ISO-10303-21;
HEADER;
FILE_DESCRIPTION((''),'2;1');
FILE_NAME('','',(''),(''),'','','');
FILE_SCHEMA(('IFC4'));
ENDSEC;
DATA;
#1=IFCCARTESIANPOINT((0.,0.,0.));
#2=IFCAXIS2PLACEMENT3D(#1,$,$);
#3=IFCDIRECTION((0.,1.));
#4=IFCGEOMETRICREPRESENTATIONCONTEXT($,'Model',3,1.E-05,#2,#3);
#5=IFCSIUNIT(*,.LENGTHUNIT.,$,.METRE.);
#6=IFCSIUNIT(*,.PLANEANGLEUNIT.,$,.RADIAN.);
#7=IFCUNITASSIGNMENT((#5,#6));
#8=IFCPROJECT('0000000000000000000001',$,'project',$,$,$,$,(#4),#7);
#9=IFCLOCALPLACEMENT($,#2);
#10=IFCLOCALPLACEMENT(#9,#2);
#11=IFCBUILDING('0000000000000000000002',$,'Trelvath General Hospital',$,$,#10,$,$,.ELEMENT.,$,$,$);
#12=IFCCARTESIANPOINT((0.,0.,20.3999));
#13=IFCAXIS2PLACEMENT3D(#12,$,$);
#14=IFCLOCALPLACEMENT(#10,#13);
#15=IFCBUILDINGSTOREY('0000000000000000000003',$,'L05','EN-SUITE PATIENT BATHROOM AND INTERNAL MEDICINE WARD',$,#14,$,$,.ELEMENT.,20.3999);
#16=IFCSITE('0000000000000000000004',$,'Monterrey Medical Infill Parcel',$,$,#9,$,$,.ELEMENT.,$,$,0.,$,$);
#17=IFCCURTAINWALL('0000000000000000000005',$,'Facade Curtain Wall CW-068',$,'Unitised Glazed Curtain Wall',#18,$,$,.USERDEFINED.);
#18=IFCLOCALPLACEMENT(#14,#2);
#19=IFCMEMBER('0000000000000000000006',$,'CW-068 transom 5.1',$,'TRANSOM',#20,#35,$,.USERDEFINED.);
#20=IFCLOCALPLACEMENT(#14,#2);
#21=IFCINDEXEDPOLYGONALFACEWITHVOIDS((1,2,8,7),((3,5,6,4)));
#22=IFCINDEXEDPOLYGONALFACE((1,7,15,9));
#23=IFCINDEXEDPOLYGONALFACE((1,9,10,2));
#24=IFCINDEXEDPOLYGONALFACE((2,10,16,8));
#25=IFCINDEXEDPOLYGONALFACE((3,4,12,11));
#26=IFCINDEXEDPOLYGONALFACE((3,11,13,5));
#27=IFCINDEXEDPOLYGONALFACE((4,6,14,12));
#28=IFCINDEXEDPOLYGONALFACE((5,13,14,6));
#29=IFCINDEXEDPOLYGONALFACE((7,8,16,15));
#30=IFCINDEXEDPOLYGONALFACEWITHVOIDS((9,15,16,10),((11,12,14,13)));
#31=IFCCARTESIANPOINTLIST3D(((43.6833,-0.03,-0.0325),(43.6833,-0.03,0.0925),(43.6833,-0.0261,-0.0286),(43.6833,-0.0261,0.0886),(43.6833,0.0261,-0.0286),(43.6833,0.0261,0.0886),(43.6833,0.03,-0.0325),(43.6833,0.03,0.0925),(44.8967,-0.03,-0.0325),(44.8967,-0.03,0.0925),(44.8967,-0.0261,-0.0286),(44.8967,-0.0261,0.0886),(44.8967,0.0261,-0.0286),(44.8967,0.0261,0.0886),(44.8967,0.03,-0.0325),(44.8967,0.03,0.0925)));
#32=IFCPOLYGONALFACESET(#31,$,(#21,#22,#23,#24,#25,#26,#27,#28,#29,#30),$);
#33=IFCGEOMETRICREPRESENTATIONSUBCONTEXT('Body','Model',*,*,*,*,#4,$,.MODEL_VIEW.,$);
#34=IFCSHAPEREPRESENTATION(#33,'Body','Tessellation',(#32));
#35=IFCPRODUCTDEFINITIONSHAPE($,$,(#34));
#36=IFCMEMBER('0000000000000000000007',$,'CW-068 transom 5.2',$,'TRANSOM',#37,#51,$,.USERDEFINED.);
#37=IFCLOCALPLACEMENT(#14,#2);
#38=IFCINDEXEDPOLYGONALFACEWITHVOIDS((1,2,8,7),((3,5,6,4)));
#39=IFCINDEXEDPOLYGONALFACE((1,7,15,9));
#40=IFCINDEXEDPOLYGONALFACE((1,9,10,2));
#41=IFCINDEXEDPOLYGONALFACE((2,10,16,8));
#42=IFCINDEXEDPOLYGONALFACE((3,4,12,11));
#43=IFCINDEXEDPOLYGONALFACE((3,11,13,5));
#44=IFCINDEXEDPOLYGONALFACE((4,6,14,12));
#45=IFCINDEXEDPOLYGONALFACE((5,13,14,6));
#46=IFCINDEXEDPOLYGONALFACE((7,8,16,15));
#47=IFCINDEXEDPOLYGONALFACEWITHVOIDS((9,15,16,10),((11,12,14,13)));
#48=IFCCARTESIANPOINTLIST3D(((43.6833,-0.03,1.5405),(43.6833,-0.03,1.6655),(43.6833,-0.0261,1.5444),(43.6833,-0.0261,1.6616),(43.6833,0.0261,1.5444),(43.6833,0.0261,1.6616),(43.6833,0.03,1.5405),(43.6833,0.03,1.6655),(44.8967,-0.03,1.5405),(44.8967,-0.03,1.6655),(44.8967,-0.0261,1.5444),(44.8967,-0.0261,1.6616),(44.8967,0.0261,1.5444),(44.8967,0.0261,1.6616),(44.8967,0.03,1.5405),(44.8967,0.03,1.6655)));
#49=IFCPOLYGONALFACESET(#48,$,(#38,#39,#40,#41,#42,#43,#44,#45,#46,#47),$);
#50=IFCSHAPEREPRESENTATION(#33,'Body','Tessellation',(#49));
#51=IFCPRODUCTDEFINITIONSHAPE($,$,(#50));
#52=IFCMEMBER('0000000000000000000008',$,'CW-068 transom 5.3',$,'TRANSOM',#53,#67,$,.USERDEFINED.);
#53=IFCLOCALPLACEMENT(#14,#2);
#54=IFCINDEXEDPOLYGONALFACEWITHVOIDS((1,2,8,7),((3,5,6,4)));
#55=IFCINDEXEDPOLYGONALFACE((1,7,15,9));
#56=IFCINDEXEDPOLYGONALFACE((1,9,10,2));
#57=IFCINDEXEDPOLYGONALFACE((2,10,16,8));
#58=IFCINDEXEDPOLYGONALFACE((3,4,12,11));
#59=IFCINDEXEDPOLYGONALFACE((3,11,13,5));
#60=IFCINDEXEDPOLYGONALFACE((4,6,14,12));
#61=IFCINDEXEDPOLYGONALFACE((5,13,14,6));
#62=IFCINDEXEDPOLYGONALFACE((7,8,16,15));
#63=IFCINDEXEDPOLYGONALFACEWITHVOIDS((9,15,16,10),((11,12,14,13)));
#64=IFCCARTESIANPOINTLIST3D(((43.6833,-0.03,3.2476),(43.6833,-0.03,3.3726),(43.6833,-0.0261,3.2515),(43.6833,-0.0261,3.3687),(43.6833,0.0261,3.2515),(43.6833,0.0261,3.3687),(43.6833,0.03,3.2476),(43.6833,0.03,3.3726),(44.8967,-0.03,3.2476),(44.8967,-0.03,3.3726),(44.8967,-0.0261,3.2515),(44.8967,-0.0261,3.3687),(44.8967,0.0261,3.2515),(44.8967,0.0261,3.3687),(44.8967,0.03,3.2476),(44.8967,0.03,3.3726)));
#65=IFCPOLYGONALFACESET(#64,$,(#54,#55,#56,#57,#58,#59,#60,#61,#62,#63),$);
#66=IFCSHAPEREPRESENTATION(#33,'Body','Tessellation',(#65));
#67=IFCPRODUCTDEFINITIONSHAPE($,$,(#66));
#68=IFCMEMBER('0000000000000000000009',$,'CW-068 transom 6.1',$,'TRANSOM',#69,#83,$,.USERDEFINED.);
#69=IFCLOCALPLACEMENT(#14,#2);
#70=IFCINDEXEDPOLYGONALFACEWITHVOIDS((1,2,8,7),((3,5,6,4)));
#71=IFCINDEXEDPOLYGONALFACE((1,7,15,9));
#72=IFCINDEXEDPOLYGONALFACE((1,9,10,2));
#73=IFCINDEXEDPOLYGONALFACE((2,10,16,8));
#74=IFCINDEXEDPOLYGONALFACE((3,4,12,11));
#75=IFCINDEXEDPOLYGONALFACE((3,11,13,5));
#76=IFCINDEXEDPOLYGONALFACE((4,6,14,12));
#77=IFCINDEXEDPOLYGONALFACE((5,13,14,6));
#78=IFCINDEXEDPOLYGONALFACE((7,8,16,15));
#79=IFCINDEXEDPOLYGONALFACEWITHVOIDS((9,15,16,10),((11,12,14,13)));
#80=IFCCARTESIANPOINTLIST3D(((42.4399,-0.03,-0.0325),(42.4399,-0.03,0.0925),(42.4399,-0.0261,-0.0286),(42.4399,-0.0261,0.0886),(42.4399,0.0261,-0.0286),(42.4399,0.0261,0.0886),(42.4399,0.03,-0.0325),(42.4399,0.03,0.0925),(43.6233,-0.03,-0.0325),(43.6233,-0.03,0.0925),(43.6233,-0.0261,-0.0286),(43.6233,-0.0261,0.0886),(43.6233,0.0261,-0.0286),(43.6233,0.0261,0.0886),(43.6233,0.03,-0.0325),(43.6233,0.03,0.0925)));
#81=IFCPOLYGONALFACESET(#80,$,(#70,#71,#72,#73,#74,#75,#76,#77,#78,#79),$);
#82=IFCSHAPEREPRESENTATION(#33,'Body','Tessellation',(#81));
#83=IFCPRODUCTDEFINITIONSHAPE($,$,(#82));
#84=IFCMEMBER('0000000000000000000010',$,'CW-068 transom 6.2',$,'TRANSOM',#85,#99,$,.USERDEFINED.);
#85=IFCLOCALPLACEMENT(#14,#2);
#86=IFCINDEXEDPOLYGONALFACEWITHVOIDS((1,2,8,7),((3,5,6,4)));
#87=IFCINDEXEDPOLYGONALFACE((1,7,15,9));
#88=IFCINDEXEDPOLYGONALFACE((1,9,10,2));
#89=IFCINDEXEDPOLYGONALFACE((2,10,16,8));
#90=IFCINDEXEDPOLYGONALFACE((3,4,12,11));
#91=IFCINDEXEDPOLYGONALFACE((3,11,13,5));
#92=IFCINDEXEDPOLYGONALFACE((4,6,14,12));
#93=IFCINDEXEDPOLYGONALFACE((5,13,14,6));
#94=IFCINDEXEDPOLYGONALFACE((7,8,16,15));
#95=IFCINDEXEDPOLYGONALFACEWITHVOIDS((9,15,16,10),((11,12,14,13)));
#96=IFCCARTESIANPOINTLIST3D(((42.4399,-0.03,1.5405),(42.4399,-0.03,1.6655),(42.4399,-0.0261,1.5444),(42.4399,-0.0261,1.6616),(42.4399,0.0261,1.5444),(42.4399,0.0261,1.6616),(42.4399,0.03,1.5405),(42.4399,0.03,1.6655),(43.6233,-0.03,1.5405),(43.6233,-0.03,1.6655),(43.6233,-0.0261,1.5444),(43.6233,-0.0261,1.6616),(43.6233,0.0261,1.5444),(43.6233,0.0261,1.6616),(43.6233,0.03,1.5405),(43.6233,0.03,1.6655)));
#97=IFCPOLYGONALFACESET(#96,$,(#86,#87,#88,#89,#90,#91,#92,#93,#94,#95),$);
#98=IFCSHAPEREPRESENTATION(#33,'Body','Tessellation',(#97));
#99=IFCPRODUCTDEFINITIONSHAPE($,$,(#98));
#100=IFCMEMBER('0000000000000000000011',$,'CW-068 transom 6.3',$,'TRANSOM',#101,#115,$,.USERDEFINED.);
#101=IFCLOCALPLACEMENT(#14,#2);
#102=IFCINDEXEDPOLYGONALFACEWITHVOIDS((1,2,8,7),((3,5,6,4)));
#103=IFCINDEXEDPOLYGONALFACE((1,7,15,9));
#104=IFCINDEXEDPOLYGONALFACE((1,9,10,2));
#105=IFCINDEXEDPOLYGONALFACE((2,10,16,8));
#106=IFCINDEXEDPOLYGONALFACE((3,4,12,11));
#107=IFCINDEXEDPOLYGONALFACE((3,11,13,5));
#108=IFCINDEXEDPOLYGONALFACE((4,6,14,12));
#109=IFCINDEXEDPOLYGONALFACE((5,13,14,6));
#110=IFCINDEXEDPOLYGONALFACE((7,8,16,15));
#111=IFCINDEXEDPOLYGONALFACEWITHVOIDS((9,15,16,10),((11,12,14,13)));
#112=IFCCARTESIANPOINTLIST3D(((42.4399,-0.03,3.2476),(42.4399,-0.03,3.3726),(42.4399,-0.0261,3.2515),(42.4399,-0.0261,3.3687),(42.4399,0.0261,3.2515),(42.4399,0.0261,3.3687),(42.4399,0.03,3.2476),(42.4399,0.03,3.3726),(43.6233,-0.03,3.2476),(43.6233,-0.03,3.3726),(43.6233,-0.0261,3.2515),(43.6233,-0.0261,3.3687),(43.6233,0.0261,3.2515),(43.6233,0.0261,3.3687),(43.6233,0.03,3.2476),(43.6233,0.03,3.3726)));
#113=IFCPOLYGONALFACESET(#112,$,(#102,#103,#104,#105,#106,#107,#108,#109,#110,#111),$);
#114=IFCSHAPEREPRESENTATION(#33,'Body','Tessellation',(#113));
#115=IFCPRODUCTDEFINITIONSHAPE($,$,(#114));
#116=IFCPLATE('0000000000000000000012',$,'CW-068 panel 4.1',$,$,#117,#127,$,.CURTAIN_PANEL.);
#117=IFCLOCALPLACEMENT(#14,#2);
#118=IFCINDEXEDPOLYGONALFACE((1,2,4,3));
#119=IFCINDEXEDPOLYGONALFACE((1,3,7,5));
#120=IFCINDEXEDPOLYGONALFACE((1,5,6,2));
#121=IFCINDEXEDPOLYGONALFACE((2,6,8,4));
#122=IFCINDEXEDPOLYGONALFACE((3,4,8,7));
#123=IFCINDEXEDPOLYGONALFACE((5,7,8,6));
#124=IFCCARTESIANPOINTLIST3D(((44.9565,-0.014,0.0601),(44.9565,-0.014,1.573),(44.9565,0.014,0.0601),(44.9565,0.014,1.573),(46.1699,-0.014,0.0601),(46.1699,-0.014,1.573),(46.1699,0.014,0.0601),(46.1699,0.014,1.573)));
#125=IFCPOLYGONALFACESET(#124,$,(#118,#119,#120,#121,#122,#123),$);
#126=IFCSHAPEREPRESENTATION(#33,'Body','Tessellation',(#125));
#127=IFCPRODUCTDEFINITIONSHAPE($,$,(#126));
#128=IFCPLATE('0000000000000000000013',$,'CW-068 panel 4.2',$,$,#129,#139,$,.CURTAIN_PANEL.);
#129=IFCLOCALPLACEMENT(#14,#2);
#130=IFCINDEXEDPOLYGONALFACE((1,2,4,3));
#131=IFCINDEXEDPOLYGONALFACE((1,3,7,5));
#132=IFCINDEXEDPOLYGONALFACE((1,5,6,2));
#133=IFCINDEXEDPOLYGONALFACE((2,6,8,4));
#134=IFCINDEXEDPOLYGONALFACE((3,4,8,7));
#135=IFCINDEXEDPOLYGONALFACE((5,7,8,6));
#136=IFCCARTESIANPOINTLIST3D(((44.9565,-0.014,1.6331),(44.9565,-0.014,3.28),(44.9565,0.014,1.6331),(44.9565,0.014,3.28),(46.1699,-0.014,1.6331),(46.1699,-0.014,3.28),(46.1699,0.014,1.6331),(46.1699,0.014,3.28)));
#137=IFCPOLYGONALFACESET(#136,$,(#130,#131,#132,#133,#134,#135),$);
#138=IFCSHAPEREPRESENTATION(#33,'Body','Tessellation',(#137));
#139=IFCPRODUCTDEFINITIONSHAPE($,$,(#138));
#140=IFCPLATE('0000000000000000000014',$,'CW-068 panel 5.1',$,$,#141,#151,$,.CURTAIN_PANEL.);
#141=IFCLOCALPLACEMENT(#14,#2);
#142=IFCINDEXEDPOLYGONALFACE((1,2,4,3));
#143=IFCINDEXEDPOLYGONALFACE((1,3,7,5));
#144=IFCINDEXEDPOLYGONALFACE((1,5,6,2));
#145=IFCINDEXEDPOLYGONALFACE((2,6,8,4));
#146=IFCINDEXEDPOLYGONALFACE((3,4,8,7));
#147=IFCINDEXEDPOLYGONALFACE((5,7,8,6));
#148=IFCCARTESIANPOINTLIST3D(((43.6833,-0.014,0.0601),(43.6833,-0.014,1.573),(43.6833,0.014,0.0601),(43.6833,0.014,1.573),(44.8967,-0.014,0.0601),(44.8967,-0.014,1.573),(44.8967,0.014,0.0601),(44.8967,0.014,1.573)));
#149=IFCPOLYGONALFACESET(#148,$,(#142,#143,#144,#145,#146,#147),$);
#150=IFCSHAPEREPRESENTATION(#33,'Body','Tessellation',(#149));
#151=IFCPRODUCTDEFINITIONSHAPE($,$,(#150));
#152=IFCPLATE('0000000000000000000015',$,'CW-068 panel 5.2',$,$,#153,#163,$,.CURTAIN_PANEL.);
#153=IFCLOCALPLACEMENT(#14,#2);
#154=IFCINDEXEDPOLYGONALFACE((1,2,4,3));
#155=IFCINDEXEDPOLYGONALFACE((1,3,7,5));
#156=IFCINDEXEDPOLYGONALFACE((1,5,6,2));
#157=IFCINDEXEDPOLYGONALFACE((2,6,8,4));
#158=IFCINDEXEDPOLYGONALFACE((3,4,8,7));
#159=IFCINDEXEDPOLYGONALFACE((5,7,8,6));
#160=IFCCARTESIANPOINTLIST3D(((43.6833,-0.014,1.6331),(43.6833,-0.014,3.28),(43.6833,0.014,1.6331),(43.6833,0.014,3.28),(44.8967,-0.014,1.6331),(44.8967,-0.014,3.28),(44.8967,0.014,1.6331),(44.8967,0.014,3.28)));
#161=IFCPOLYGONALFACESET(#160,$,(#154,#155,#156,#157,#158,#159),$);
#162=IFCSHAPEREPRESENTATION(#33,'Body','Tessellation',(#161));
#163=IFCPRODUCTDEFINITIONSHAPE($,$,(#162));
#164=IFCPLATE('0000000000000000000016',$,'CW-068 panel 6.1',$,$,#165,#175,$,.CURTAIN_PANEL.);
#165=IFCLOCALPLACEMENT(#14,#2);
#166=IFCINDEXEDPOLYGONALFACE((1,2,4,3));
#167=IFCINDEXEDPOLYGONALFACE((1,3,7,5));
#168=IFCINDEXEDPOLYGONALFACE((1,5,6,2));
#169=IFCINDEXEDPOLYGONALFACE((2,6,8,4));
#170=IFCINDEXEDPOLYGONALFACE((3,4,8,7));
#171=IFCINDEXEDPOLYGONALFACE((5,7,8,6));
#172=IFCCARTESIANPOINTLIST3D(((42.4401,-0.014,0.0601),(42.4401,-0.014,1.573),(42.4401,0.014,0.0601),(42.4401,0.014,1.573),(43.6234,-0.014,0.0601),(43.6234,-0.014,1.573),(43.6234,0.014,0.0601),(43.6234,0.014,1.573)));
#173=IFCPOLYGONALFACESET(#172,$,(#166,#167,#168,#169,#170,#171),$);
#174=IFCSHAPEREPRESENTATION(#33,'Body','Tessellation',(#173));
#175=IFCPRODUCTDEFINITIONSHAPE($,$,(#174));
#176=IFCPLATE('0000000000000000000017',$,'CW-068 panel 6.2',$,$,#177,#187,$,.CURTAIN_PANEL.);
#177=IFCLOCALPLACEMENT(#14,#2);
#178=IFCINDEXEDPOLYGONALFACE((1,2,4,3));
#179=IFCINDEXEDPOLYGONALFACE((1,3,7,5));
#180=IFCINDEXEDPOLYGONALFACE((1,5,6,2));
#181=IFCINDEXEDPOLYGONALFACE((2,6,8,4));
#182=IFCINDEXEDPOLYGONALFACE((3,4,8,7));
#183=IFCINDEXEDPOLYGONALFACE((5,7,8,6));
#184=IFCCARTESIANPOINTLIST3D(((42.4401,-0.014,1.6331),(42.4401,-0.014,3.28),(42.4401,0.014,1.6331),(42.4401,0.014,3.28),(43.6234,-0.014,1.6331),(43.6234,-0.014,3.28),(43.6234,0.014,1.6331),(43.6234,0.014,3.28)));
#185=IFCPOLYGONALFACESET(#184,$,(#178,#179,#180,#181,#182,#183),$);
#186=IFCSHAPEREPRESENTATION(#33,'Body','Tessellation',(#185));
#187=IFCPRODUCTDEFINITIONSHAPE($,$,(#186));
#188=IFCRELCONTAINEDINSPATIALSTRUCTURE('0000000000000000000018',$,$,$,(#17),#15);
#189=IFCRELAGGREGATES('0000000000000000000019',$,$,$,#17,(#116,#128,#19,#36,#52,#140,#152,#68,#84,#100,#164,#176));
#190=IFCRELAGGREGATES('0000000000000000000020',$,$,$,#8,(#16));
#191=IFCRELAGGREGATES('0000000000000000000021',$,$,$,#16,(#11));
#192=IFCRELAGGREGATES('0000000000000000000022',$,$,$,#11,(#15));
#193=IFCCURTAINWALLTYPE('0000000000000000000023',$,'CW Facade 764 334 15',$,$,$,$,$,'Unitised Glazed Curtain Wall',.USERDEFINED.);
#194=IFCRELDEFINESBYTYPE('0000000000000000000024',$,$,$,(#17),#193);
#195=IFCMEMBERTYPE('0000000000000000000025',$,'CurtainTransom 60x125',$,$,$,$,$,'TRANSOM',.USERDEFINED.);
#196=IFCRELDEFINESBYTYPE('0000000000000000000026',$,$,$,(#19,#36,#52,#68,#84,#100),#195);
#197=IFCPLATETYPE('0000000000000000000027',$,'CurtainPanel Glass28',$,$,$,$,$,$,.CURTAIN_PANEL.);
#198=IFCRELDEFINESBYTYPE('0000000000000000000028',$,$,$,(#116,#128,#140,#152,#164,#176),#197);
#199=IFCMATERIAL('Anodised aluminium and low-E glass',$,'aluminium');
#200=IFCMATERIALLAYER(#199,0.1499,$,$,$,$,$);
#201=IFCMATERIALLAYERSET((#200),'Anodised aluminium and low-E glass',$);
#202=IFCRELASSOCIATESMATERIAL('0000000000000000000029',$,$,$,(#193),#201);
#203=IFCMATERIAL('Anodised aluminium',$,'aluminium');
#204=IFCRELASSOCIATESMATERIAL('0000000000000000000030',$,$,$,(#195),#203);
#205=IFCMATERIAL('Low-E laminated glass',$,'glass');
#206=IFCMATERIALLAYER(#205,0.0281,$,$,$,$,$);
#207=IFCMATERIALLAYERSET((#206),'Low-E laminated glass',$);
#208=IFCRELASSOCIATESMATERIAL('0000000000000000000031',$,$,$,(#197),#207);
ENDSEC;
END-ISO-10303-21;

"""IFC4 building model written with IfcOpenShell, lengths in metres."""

from ifc_helpers import new_model, si_unit, direction, frame, origin, origin_2d, place, context, subcontext, project, spatial, rectangle, hollow_rectangle, extrude, material, layer, layer_set, material_profile, profile_set, type_object, element, aggregate, save


model = new_model("IFC4")

# Units and contexts
model_context = context("Model", 3, precision=1e-05, world=origin(), true_north=direction((0.0, 1.0)))
body_context = subcontext(model_context, "Body", "Model", "MODEL_VIEW")
ifc_project = project(units=[si_unit("LENGTHUNIT", "METRE"), si_unit("PLANEANGLEUNIT", "RADIAN")], contexts=[model_context])

# Site, building, storey
site_placement = place(None, origin())
site = spatial("IfcSite", under=ifc_project, at=site_placement, Name="Monterrey Medical Infill Parcel", CompositionType="ELEMENT", RefElevation=0.0)
building_placement = place(site_placement, origin())
building = spatial("IfcBuilding", under=site, at=building_placement, Name="Trelvath General Hospital", CompositionType="ELEMENT")
storey_placement = place(building_placement, frame((0.0, 0.0, 20.3999)))
storey = spatial("IfcBuildingStorey", under=building, at=storey_placement, Name="L05", Description="EN-SUITE PATIENT BATHROOM AND INTERNAL MEDICINE WARD", CompositionType="ELEMENT", Elevation=20.3999)

# Curtain wall, members, plates
ifc_material_1 = material(Name="Anodised aluminium and low-E glass", Category="aluminium")
ifc_layer_1 = layer(ifc_material_1, 0.1499)
ifc_layer_set_1 = layer_set([ifc_layer_1], Name="Anodised aluminium and low-E glass")
curtain_wall_type = type_object("IfcCurtainWallType", Name="CW Facade 764 334 15", ElementType="Unitised Glazed Curtain Wall", PredefinedType="USERDEFINED", material=ifc_layer_set_1)
curtain_wall_placement = place(storey_placement, origin())
curtain_wall = element("IfcCurtainWall", 1, at=curtain_wall_placement, inside=storey, type_object=curtain_wall_type, Name="Facade Curtain Wall CW-068", ObjectType="Unitised Glazed Curtain Wall", PredefinedType="USERDEFINED")
ifc_material_2 = material(Name="Anodised aluminium", Category="aluminium")
ifc_material_profile_1 = material_profile(ifc_material_2, hollow_rectangle(XDim=0.0601, YDim=0.125, WallThickness=0.0039, at=origin_2d()), Name="RHS60x125x4")
ifc_profile_set_1 = profile_set([ifc_material_profile_1], Name="Anodised aluminium")
member_type_1 = type_object("IfcMemberType", Name="CurtainTransom 60x125", ElementType="TRANSOM", PredefinedType="USERDEFINED", material=ifc_profile_set_1)
member_1_placement = place(storey_placement, frame((44.8967, 0.0, 0.03), z_axis=(-1.0, 0.0, 0.0), x_axis=(0.0, -1.0, 0.0)))
member_1 = element("IfcMember", 2, at=member_1_placement, type_object=member_type_1, Name="CW-068 transom 5.1", ObjectType="TRANSOM", PredefinedType="USERDEFINED", context=body_context, shape_type="SweptSolid", body=[
    extrude(hollow_rectangle(XDim=0.0601, YDim=0.125, WallThickness=0.0039, at=origin_2d()), origin(), (0.0, 0.0, 1.0), 1.2134),
])
member_2_placement = place(storey_placement, frame((44.8967, 0.0, 1.603), z_axis=(-1.0, 0.0, 0.0), x_axis=(0.0, -1.0, 0.0)))
member_2 = element("IfcMember", 3, at=member_2_placement, type_object=member_type_1, Name="CW-068 transom 5.2", ObjectType="TRANSOM", PredefinedType="USERDEFINED", context=body_context, shape_type="SweptSolid", body=[
    extrude(hollow_rectangle(XDim=0.0601, YDim=0.125, WallThickness=0.0039, at=origin_2d()), origin(), (0.0, 0.0, 1.0), 1.2134),
])
member_3_placement = place(storey_placement, frame((44.8967, 0.0, 3.3101), z_axis=(-1.0, 0.0, 0.0), x_axis=(0.0, -1.0, 0.0)))
member_3 = element("IfcMember", 4, at=member_3_placement, type_object=member_type_1, Name="CW-068 transom 5.3", ObjectType="TRANSOM", PredefinedType="USERDEFINED", context=body_context, shape_type="SweptSolid", body=[
    extrude(hollow_rectangle(XDim=0.0601, YDim=0.125, WallThickness=0.0039, at=origin_2d()), origin(), (0.0, 0.0, 1.0), 1.2134),
])
member_4_placement = place(storey_placement, frame((43.6233, 0.0, 0.03), z_axis=(-1.0, 0.0, 0.0), x_axis=(0.0, -1.0, 0.0)))
member_4 = element("IfcMember", 5, at=member_4_placement, type_object=member_type_1, Name="CW-068 transom 6.1", ObjectType="TRANSOM", PredefinedType="USERDEFINED", context=body_context, shape_type="SweptSolid", body=[
    extrude(hollow_rectangle(XDim=0.0601, YDim=0.125, WallThickness=0.0039, at=origin_2d()), origin(), (0.0, 0.0, 1.0), 1.1833),
])
member_5_placement = place(storey_placement, frame((43.6233, 0.0, 1.603), z_axis=(-1.0, 0.0, 0.0), x_axis=(0.0, -1.0, 0.0)))
member_5 = element("IfcMember", 6, at=member_5_placement, type_object=member_type_1, Name="CW-068 transom 6.2", ObjectType="TRANSOM", PredefinedType="USERDEFINED", context=body_context, shape_type="SweptSolid", body=[
    extrude(hollow_rectangle(XDim=0.0601, YDim=0.125, WallThickness=0.0039, at=origin_2d()), origin(), (0.0, 0.0, 1.0), 1.1833),
])
member_6_placement = place(storey_placement, frame((43.6233, 0.0, 3.3101), z_axis=(-1.0, 0.0, 0.0), x_axis=(0.0, -1.0, 0.0)))
member_6 = element("IfcMember", 7, at=member_6_placement, type_object=member_type_1, Name="CW-068 transom 6.3", ObjectType="TRANSOM", PredefinedType="USERDEFINED", context=body_context, shape_type="SweptSolid", body=[
    extrude(hollow_rectangle(XDim=0.0601, YDim=0.125, WallThickness=0.0039, at=origin_2d()), origin(), (0.0, 0.0, 1.0), 1.1833),
])
ifc_material_3 = material(Name="Low-E laminated glass", Category="glass")
ifc_layer_2 = layer(ifc_material_3, 0.0281)
ifc_layer_set_2 = layer_set([ifc_layer_2], Name="Low-E laminated glass")
plate_type = type_object("IfcPlateType", Name="CurtainPanel Glass28", PredefinedType="CURTAIN_PANEL", material=ifc_layer_set_2)
plate_1_placement = place(storey_placement, frame((45.5632, 0.0, 0.0601), z_axis=(0.0, 0.0, 1.0), x_axis=(-1.0, 0.0, 0.0)))
plate_1 = element("IfcPlate", 8, at=plate_1_placement, type_object=plate_type, Name="CW-068 panel 4.1", PredefinedType="CURTAIN_PANEL", context=body_context, shape_type="SweptSolid", body=[
    extrude(rectangle(XDim=1.2134, YDim=0.0281, at=origin_2d()), origin(), (0.0, 0.0, 1.0), 1.5129),
])
plate_2_placement = place(storey_placement, frame((45.5632, 0.0, 1.6331), z_axis=(0.0, 0.0, 1.0), x_axis=(-1.0, 0.0, 0.0)))
plate_2 = element("IfcPlate", 9, at=plate_2_placement, type_object=plate_type, Name="CW-068 panel 4.2", PredefinedType="CURTAIN_PANEL", context=body_context, shape_type="SweptSolid", body=[
    extrude(rectangle(XDim=1.2134, YDim=0.0281, at=origin_2d()), origin(), (0.0, 0.0, 1.0), 1.647),
])
plate_3_placement = place(storey_placement, frame((44.29, 0.0, 0.0601), z_axis=(0.0, 0.0, 1.0), x_axis=(-1.0, 0.0, 0.0)))
plate_3 = element("IfcPlate", 10, at=plate_3_placement, type_object=plate_type, Name="CW-068 panel 5.1", PredefinedType="CURTAIN_PANEL", context=body_context, shape_type="SweptSolid", body=[
    extrude(rectangle(XDim=1.2134, YDim=0.0281, at=origin_2d()), origin(), (0.0, 0.0, 1.0), 1.5129),
])
plate_4_placement = place(storey_placement, frame((44.29, 0.0, 1.6331), z_axis=(0.0, 0.0, 1.0), x_axis=(-1.0, 0.0, 0.0)))
plate_4 = element("IfcPlate", 11, at=plate_4_placement, type_object=plate_type, Name="CW-068 panel 5.2", PredefinedType="CURTAIN_PANEL", context=body_context, shape_type="SweptSolid", body=[
    extrude(rectangle(XDim=1.2134, YDim=0.0281, at=origin_2d()), origin(), (0.0, 0.0, 1.0), 1.647),
])
plate_5_placement = place(storey_placement, frame((43.0317, 0.0, 0.0601), z_axis=(0.0, 0.0, 1.0), x_axis=(-1.0, 0.0, 0.0)))
plate_5 = element("IfcPlate", 12, at=plate_5_placement, type_object=plate_type, Name="CW-068 panel 6.1", PredefinedType="CURTAIN_PANEL", context=body_context, shape_type="SweptSolid", body=[
    extrude(rectangle(XDim=1.1833, YDim=0.0281, at=origin_2d()), origin(), (0.0, 0.0, 1.0), 1.5129),
])
plate_6_placement = place(storey_placement, frame((43.0317, 0.0, 1.6331), z_axis=(0.0, 0.0, 1.0), x_axis=(-1.0, 0.0, 0.0)))
plate_6 = element("IfcPlate", 13, at=plate_6_placement, type_object=plate_type, Name="CW-068 panel 6.2", PredefinedType="CURTAIN_PANEL", context=body_context, shape_type="SweptSolid", body=[
    extrude(rectangle(XDim=1.1833, YDim=0.0281, at=origin_2d()), origin(), (0.0, 0.0, 1.0), 1.647),
])
aggregate(curtain_wall, [plate_1, plate_2, member_1, member_2, member_3, plate_3, plate_4, member_4, member_5, member_6, plate_5, plate_6])

save(model, "model.ifc")
